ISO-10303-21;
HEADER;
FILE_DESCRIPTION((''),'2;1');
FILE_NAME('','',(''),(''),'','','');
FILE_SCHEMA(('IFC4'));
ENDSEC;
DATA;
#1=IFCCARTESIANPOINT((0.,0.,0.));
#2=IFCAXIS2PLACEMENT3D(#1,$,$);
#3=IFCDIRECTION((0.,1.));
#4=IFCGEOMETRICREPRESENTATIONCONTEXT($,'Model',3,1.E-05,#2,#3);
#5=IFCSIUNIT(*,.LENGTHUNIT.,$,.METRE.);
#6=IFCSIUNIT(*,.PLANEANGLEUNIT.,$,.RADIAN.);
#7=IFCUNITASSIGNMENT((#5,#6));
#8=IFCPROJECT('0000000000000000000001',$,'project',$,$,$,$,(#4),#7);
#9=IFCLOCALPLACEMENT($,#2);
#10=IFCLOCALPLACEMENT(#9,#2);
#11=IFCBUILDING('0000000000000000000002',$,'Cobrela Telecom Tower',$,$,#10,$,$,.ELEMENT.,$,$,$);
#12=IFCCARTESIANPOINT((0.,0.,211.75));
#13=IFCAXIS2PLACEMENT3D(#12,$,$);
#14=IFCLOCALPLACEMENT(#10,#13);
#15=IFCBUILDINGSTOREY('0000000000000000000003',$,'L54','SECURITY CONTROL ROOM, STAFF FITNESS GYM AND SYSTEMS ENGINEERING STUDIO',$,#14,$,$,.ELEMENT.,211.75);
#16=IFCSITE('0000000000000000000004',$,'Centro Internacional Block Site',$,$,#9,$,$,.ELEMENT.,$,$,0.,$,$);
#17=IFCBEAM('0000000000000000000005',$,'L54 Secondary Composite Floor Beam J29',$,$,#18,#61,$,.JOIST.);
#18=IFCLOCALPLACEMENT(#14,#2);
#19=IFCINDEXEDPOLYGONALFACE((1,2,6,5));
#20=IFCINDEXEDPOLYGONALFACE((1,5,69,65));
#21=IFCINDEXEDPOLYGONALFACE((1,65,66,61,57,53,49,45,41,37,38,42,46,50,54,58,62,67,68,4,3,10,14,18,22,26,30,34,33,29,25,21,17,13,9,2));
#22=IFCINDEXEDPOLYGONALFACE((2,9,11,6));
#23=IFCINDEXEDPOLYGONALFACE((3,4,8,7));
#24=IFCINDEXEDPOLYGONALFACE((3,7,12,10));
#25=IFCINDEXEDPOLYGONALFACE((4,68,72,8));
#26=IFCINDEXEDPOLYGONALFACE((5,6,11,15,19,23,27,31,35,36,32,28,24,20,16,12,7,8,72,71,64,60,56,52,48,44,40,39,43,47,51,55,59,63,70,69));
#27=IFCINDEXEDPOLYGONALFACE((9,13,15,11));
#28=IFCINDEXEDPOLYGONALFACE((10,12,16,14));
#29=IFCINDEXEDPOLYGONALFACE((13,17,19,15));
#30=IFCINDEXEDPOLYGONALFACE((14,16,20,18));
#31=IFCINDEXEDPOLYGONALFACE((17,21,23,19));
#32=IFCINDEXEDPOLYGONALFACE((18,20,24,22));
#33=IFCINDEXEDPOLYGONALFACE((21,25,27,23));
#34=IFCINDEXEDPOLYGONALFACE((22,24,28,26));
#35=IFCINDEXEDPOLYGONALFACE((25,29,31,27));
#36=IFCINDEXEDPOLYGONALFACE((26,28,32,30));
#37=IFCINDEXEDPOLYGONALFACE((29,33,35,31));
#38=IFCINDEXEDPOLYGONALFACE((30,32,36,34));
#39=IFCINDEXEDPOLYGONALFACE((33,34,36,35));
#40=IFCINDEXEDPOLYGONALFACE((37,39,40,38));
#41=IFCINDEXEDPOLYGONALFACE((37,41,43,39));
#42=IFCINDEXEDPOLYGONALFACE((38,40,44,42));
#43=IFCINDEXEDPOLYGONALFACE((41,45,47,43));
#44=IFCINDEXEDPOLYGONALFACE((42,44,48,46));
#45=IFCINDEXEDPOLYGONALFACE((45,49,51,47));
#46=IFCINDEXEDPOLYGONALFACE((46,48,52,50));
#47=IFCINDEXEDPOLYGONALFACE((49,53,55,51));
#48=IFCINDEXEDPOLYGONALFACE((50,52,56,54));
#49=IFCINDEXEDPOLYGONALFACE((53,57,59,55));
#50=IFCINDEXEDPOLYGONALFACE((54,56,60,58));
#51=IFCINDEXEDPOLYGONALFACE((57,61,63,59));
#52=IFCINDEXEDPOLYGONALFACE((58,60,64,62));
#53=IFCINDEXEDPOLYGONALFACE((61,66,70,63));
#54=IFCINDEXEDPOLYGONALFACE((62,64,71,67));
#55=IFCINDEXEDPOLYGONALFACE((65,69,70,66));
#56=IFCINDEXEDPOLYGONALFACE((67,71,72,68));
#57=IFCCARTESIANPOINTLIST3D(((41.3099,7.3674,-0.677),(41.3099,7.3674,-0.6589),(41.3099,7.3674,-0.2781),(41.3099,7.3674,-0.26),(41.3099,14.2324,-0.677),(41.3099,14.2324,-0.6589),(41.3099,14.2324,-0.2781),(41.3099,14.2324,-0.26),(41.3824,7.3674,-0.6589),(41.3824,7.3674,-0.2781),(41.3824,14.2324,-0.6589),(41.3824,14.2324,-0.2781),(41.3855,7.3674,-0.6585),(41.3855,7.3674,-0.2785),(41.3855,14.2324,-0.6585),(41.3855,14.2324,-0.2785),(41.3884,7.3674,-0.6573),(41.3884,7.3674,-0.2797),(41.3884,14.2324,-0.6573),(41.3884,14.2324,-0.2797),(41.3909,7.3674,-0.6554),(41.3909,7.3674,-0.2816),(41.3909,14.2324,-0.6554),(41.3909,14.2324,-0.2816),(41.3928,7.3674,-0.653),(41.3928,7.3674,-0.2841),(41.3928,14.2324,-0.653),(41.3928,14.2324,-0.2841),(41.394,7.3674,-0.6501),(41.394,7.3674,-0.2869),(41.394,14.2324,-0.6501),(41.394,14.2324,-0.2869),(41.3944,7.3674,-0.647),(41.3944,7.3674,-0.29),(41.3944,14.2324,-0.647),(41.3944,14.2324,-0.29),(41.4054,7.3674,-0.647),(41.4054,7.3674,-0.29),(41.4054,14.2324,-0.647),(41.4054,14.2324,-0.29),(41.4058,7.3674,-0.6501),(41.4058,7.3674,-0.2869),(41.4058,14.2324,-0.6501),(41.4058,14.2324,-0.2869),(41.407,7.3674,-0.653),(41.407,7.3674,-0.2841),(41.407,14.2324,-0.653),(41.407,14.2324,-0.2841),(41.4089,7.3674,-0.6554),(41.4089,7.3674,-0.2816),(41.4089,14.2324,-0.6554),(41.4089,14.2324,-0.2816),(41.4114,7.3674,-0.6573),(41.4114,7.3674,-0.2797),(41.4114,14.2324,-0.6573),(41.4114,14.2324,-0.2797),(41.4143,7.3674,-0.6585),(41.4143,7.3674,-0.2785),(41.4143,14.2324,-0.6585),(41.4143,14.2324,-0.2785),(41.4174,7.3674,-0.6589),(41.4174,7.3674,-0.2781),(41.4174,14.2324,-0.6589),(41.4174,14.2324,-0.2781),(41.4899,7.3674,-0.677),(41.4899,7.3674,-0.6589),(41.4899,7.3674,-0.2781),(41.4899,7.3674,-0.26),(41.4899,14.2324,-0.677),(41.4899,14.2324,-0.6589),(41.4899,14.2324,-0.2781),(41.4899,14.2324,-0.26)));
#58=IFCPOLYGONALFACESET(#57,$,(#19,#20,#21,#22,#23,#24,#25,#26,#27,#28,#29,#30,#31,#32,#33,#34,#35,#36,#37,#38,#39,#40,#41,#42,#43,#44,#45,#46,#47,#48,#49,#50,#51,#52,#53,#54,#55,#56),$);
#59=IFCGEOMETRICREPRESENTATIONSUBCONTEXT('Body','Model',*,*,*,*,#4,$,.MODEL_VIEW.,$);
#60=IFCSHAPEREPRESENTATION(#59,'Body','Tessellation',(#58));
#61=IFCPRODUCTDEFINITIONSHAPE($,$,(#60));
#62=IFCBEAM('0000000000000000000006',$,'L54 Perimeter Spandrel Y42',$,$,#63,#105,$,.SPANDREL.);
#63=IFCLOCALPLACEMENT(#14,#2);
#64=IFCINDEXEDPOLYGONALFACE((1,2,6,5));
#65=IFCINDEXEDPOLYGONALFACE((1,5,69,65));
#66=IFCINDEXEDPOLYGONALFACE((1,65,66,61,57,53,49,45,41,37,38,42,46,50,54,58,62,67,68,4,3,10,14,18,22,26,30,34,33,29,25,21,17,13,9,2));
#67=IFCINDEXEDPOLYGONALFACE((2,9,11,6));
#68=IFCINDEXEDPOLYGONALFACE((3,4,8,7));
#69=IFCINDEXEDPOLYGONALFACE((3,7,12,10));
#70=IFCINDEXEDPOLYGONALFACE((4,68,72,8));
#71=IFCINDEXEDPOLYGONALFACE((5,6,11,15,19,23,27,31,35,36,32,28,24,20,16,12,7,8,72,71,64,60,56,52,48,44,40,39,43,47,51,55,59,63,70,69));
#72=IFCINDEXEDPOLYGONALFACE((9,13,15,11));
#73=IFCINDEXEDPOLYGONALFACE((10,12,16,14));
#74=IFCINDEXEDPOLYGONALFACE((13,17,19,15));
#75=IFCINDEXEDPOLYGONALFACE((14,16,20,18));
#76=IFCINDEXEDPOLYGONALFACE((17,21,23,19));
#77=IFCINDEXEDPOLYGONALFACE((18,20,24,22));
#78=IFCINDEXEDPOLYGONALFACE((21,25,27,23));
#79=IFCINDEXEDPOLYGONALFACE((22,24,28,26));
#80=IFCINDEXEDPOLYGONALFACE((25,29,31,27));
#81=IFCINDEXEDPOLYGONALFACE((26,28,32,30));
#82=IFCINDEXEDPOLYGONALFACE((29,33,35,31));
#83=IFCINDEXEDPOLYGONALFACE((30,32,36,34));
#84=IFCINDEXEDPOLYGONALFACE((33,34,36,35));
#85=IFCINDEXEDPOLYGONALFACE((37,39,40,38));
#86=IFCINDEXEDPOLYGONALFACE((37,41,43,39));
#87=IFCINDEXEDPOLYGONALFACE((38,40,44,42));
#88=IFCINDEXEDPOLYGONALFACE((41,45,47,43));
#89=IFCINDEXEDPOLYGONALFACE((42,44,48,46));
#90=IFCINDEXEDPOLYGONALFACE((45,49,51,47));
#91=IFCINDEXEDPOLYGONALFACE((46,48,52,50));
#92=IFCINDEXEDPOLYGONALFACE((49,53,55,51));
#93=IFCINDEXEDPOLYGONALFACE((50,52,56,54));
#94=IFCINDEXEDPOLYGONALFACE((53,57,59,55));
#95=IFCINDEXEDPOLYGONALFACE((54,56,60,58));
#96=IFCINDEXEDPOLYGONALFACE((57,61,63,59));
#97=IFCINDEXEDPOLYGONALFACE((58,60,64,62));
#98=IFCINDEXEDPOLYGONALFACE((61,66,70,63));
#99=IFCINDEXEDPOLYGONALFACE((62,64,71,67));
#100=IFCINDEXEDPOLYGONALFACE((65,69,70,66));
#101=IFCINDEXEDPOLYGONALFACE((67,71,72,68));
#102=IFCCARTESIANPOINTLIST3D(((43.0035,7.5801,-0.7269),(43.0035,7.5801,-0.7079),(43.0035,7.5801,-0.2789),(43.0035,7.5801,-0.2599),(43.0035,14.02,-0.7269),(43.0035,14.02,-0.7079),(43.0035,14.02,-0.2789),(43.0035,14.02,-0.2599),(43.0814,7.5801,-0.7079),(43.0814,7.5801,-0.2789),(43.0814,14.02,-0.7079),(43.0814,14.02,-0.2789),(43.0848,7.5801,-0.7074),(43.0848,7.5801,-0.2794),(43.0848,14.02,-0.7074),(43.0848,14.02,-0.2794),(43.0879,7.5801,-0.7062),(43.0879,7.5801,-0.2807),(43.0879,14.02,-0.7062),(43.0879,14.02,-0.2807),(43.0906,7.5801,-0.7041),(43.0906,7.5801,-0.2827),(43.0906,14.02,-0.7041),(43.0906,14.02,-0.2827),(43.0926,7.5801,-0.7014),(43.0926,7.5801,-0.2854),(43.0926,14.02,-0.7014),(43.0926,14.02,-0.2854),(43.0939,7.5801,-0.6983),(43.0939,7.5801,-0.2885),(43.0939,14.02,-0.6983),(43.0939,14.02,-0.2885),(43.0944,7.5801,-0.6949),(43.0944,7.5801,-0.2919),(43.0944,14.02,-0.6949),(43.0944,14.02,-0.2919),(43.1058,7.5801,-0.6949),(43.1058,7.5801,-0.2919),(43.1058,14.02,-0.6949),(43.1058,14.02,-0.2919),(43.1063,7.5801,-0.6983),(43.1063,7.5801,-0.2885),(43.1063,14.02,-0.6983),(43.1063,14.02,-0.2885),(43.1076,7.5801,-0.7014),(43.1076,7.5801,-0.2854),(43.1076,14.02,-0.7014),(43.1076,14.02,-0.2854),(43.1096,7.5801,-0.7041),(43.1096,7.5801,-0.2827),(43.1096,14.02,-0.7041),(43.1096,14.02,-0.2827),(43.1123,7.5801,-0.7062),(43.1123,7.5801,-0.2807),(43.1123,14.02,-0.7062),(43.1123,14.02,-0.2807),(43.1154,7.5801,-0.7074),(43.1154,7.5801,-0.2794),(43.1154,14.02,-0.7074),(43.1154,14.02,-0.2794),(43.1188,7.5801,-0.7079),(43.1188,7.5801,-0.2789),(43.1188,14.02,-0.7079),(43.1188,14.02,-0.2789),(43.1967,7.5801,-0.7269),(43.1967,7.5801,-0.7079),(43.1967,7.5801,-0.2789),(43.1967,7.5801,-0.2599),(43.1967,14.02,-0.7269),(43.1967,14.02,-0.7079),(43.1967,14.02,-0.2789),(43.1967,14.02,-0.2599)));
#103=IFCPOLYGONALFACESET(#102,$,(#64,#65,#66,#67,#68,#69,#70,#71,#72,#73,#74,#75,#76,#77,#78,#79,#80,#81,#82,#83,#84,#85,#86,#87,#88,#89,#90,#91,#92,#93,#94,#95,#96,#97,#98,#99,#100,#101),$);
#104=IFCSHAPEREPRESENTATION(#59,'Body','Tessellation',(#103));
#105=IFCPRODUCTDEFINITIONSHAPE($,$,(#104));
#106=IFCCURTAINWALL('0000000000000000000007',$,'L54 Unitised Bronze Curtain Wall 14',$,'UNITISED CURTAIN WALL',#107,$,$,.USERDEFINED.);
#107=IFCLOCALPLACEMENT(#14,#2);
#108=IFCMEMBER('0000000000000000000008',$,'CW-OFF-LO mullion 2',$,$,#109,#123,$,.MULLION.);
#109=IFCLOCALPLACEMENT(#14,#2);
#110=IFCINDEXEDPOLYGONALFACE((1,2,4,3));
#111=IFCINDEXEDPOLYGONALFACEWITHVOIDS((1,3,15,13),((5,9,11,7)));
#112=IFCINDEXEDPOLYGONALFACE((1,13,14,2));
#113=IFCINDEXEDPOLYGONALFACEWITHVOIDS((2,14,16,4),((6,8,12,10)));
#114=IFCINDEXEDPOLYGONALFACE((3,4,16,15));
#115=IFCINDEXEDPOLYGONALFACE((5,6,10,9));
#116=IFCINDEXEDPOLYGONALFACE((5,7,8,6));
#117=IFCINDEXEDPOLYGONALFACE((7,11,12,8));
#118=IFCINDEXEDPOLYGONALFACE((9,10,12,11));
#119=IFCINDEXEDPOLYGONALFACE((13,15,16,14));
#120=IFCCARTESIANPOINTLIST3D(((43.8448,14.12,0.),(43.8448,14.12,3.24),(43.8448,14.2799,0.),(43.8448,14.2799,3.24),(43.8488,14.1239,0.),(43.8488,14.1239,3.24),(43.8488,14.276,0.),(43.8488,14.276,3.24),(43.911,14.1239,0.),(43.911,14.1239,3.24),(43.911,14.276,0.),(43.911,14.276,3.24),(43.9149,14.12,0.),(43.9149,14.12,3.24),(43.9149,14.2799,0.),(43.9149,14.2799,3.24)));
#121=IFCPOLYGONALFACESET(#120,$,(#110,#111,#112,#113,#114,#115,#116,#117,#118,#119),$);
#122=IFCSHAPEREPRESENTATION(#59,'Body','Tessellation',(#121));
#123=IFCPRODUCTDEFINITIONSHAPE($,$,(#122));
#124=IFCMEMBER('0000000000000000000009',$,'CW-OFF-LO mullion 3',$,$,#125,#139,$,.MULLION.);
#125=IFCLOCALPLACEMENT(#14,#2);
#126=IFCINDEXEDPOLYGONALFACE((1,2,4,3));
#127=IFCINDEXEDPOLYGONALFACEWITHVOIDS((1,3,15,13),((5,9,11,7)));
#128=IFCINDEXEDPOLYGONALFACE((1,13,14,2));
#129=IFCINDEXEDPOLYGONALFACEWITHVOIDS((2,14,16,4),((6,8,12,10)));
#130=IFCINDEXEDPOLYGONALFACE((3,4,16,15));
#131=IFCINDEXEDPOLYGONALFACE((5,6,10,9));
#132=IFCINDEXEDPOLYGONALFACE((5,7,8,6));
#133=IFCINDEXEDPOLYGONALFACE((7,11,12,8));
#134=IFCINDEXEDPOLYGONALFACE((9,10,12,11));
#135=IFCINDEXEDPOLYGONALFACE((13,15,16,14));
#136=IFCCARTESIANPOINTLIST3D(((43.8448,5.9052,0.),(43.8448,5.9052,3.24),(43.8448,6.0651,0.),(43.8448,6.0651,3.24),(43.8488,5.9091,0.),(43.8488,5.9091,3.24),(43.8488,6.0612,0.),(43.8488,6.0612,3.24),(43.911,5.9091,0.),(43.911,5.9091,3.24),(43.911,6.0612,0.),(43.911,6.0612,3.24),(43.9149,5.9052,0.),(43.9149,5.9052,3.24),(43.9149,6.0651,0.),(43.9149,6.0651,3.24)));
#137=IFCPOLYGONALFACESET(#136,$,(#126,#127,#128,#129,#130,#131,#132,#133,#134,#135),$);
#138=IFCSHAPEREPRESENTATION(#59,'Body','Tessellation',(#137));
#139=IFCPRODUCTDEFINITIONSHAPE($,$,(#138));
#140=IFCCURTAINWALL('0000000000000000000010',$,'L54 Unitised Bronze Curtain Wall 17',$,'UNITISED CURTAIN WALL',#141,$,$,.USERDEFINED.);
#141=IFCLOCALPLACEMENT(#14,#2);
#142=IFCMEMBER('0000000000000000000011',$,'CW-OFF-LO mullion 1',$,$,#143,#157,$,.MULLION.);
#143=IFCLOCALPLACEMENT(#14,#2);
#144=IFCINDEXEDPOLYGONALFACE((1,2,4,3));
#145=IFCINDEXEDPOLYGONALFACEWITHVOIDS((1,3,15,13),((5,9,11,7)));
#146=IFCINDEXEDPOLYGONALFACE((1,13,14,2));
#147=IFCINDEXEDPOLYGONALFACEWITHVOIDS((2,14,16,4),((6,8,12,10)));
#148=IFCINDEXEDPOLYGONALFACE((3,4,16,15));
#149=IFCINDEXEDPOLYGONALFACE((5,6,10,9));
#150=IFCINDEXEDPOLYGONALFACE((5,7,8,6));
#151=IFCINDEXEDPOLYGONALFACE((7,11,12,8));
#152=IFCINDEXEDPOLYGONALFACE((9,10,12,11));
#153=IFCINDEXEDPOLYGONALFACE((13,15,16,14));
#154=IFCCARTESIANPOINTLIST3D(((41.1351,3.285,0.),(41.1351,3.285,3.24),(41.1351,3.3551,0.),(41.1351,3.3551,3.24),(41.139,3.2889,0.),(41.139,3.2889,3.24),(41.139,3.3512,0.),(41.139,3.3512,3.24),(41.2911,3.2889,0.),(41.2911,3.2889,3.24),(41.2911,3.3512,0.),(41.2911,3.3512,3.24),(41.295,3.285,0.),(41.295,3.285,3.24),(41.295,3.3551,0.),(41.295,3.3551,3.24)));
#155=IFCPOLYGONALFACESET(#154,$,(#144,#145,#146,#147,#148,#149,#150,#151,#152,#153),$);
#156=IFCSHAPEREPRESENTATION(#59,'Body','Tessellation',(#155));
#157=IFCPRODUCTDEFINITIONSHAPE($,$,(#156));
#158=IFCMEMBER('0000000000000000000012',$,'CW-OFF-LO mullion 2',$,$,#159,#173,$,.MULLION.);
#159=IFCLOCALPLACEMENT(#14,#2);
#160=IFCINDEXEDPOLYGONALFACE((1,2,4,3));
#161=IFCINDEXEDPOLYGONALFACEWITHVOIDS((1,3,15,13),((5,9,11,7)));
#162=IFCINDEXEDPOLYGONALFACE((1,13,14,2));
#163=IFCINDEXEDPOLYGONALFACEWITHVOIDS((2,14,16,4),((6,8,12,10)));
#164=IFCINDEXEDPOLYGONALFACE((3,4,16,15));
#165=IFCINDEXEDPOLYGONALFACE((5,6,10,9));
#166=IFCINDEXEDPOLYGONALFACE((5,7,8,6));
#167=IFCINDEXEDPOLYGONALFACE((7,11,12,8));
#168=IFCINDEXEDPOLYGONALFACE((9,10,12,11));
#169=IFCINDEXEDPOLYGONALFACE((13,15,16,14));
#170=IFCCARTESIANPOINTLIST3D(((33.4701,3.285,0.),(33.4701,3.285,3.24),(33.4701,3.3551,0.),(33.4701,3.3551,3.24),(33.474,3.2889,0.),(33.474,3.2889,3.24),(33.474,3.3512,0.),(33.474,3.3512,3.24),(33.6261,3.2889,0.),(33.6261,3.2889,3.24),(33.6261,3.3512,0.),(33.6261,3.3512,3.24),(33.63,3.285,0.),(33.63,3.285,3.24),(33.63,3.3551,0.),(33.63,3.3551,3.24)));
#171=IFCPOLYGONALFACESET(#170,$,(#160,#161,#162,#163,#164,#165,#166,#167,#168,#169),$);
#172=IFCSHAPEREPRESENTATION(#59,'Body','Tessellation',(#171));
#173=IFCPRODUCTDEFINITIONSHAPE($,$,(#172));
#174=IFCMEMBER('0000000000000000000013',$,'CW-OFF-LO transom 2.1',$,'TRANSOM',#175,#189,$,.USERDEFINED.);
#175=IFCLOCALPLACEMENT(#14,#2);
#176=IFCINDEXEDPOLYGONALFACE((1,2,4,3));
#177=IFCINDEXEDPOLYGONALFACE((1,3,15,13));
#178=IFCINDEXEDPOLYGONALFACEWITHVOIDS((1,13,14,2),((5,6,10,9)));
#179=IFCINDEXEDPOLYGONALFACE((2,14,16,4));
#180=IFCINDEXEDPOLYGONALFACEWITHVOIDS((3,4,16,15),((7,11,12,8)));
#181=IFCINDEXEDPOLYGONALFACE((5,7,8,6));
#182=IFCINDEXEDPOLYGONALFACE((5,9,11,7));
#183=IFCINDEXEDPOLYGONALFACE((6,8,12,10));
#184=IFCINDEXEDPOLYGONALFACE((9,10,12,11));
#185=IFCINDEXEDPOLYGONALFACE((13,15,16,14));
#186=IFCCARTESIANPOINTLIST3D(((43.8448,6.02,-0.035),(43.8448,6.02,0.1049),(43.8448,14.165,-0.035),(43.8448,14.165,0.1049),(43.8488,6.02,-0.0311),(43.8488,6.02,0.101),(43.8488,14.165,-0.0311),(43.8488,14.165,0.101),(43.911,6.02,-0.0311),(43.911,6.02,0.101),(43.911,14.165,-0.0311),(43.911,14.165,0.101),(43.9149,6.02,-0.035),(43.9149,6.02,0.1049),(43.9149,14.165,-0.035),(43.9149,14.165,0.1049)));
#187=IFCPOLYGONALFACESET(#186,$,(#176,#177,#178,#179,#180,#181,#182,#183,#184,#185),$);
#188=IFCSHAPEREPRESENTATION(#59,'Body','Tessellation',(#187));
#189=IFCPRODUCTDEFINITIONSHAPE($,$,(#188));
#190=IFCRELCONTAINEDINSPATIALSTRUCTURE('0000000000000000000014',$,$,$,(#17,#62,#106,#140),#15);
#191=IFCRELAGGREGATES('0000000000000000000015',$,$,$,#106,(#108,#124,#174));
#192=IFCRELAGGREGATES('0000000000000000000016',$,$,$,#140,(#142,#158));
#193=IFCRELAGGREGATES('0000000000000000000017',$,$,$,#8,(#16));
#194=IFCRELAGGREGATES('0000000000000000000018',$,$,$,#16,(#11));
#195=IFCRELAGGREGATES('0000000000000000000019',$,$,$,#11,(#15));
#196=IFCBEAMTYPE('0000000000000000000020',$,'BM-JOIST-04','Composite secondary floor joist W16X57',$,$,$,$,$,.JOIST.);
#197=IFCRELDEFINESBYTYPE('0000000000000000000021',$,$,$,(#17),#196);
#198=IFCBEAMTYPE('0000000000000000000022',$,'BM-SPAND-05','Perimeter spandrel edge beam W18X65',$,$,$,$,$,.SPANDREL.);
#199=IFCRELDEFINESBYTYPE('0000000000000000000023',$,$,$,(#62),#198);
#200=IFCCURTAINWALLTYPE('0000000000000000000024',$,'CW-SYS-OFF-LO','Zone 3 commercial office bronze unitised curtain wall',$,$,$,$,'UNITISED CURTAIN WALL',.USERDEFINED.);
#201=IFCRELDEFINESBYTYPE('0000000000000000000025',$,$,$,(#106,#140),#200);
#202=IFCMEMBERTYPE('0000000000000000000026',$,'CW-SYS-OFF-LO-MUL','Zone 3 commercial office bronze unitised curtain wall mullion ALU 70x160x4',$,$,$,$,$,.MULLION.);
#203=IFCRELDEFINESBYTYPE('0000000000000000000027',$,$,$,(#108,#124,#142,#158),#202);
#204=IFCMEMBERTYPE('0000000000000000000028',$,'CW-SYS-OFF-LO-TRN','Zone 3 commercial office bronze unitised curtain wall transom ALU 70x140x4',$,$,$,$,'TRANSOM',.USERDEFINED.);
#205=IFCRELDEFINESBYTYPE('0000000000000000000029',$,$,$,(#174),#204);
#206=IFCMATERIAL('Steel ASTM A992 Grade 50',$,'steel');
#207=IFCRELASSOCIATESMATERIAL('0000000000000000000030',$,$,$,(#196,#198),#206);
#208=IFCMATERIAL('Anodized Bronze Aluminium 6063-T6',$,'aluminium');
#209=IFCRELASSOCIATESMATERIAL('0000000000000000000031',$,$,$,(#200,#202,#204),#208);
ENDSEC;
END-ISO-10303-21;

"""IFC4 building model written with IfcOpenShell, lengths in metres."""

from ifc_helpers import new_model, si_unit, direction, frame, origin, origin_2d, place, context, subcontext, project, spatial, hollow_rectangle, i_section, extrude, material, material_profile, profile_set, type_object, element, aggregate, save


model = new_model("IFC4")

# Units and contexts
model_context = context("Model", 3, precision=1e-05, world=origin(), true_north=direction((0.0, 1.0)))
body_context = subcontext(model_context, "Body", "Model", "MODEL_VIEW")
ifc_project = project(units=[si_unit("LENGTHUNIT", "METRE"), si_unit("PLANEANGLEUNIT", "RADIAN")], contexts=[model_context])

# Site, building, storey
site_placement = place(None, origin())
site = spatial("IfcSite", under=ifc_project, at=site_placement, Name="Centro Internacional Block Site", CompositionType="ELEMENT", RefElevation=0.0)
building_placement = place(site_placement, origin())
building = spatial("IfcBuilding", under=site, at=building_placement, Name="Cobrela Telecom Tower", CompositionType="ELEMENT")
storey_placement = place(building_placement, frame((0.0, 0.0, 211.75)))
storey = spatial("IfcBuildingStorey", under=building, at=storey_placement, Name="L54", Description="SECURITY CONTROL ROOM, STAFF FITNESS GYM AND SYSTEMS ENGINEERING STUDIO", CompositionType="ELEMENT", Elevation=211.75)

# Shared definitions
ifc_material_1 = material(Name="Steel ASTM A992 Grade 50", Category="steel")

# Beams
ifc_material_profile_1 = material_profile(ifc_material_1, i_section(OverallWidth=0.1799, OverallDepth=0.417, WebThickness=0.011, FlangeThickness=0.0181, FilletRadius=0.012, at=origin_2d()), Name="W16X57")
ifc_profile_set_1 = profile_set([ifc_material_profile_1], Name="Steel ASTM A992 Grade 50")
beam_type_1 = type_object("IfcBeamType", Name="BM-JOIST-04", Description="Composite secondary floor joist W16X57", PredefinedType="JOIST", material=ifc_profile_set_1)
for number, where, z_axis, x_axis, name in (
    (1, (41.3999, 7.3674, -0.4685), (0.0, 1.0, 0.0), (-1.0, 0.0, 0.0), "L54 Secondary Composite Floor Beam J29"),
):
    element("IfcBeam", number, at=place(storey_placement, frame(where, z_axis=z_axis, x_axis=x_axis)), inside=storey, type_object=beam_type_1, Name=name, PredefinedType="JOIST", context=body_context, shape_type="SweptSolid", body=[
        extrude(i_section(OverallWidth=0.1799, OverallDepth=0.417, WebThickness=0.011, FlangeThickness=0.0181, FilletRadius=0.012, at=origin_2d()), origin(), (0.0, 0.0, 1.0), 6.865),
    ])
ifc_material_profile_2 = material_profile(ifc_material_1, i_section(OverallWidth=0.1931, OverallDepth=0.467, WebThickness=0.0115, FlangeThickness=0.019, FilletRadius=0.0129, at=origin_2d()), Name="W18X65")
ifc_profile_set_2 = profile_set([ifc_material_profile_2], Name="Steel ASTM A992 Grade 50")
beam_type_2 = type_object("IfcBeamType", Name="BM-SPAND-05", Description="Perimeter spandrel edge beam W18X65", PredefinedType="SPANDREL", material=ifc_profile_set_2)
beam_1_placement = place(storey_placement, frame((43.1001, 7.5801, -0.4934), z_axis=(0.0, 1.0, 0.0), x_axis=(-1.0, 0.0, 0.0)))
element("IfcBeam", 2, at=beam_1_placement, inside=storey, type_object=beam_type_2, Name="L54 Perimeter Spandrel Y42", PredefinedType="SPANDREL", context=body_context, shape_type="SweptSolid", body=[
    extrude(i_section(OverallWidth=0.1931, OverallDepth=0.467, WebThickness=0.0115, FlangeThickness=0.019, FilletRadius=0.0129, at=origin_2d()), origin(), (0.0, 0.0, 1.0), 6.4399),
])

# Curtain walls, members
ifc_material_2 = material(Name="Anodized Bronze Aluminium 6063-T6", Category="aluminium")
curtain_wall_type = type_object("IfcCurtainWallType", Name="CW-SYS-OFF-LO", Description="Zone 3 commercial office bronze unitised curtain wall", ElementType="UNITISED CURTAIN WALL", PredefinedType="USERDEFINED", material=ifc_material_2)
curtain_wall_1_placement = place(storey_placement, origin())
curtain_wall_1 = element("IfcCurtainWall", 3, at=curtain_wall_1_placement, inside=storey, type_object=curtain_wall_type, Name="L54 Unitised Bronze Curtain Wall 14", ObjectType="UNITISED CURTAIN WALL", PredefinedType="USERDEFINED")
ifc_material_profile_3 = material_profile(ifc_material_2, hollow_rectangle(XDim=0.0701, YDim=0.1599, WallThickness=0.0039, at=origin_2d()), Name="ALU 70x160x4")
ifc_profile_set_3 = profile_set([ifc_material_profile_3], Name="Anodized Bronze Aluminium 6063-T6")
member_type_1 = type_object("IfcMemberType", Name="CW-SYS-OFF-LO-MUL", Description="Zone 3 commercial office bronze unitised curtain wall mullion ALU 70x160x4", PredefinedType="MULLION", material=ifc_profile_set_3)
member_1_placement = place(storey_placement, frame((43.8799, 14.2, 0.0), z_axis=(0.0, 0.0, 1.0), x_axis=(1.0, 0.0, 0.0)))
member_1 = element("IfcMember", 4, at=member_1_placement, type_object=member_type_1, Name="CW-OFF-LO mullion 2", PredefinedType="MULLION", context=body_context, shape_type="SweptSolid", body=[
    extrude(hollow_rectangle(XDim=0.0701, YDim=0.1599, WallThickness=0.0039, at=origin_2d()), origin(), (0.0, 0.0, 1.0), 3.24),
])
member_2_placement = place(storey_placement, frame((43.8799, 5.9851, 0.0), z_axis=(0.0, 0.0, 1.0), x_axis=(1.0, 0.0, 0.0)))
member_2 = element("IfcMember", 5, at=member_2_placement, type_object=member_type_1, Name="CW-OFF-LO mullion 3", PredefinedType="MULLION", context=body_context, shape_type="SweptSolid", body=[
    extrude(hollow_rectangle(XDim=0.0701, YDim=0.1599, WallThickness=0.0039, at=origin_2d()), origin(), (0.0, 0.0, 1.0), 3.24),
])
curtain_wall_2_placement = place(storey_placement, origin())
curtain_wall_2 = element("IfcCurtainWall", 6, at=curtain_wall_2_placement, inside=storey, type_object=curtain_wall_type, Name="L54 Unitised Bronze Curtain Wall 17", ObjectType="UNITISED CURTAIN WALL", PredefinedType="USERDEFINED")
member_3_placement = place(storey_placement, frame((41.2151, 3.3201, 0.0), z_axis=(0.0, 0.0, 1.0), x_axis=(0.0, -1.0, 0.0)))
member_3 = element("IfcMember", 7, at=member_3_placement, type_object=member_type_1, Name="CW-OFF-LO mullion 1", PredefinedType="MULLION", context=body_context, shape_type="SweptSolid", body=[
    extrude(hollow_rectangle(XDim=0.0701, YDim=0.1599, WallThickness=0.0039, at=origin_2d()), origin(), (0.0, 0.0, 1.0), 3.24),
])
member_4_placement = place(storey_placement, frame((33.55, 3.3201, 0.0), z_axis=(0.0, 0.0, 1.0), x_axis=(0.0, -1.0, 0.0)))
member_4 = element("IfcMember", 8, at=member_4_placement, type_object=member_type_1, Name="CW-OFF-LO mullion 2", PredefinedType="MULLION", context=body_context, shape_type="SweptSolid", body=[
    extrude(hollow_rectangle(XDim=0.0701, YDim=0.1599, WallThickness=0.0039, at=origin_2d()), origin(), (0.0, 0.0, 1.0), 3.24),
])

# Member
ifc_material_profile_4 = material_profile(ifc_material_2, hollow_rectangle(XDim=0.0701, YDim=0.1399, WallThickness=0.0039, at=origin_2d()), Name="ALU 70x140x4")
ifc_profile_set_4 = profile_set([ifc_material_profile_4], Name="Anodized Bronze Aluminium 6063-T6")
member_type_2 = type_object("IfcMemberType", Name="CW-SYS-OFF-LO-TRN", Description="Zone 3 commercial office bronze unitised curtain wall transom ALU 70x140x4", ElementType="TRANSOM", PredefinedType="USERDEFINED", material=ifc_profile_set_4)
member_5_placement = place(storey_placement, frame((43.8799, 14.165, 0.0349), z_axis=(0.0, -1.0, 0.0), x_axis=(1.0, 0.0, 0.0)))
member_5 = element("IfcMember", 9, at=member_5_placement, type_object=member_type_2, Name="CW-OFF-LO transom 2.1", ObjectType="TRANSOM", PredefinedType="USERDEFINED", context=body_context, shape_type="SweptSolid", body=[
    extrude(hollow_rectangle(XDim=0.0701, YDim=0.1399, WallThickness=0.0039, at=origin_2d()), origin(), (0.0, 0.0, 1.0), 8.145),
])

aggregate(curtain_wall_1, [member_1, member_2, member_5])
aggregate(curtain_wall_2, [member_3, member_4])

save(model, "model.ifc")
